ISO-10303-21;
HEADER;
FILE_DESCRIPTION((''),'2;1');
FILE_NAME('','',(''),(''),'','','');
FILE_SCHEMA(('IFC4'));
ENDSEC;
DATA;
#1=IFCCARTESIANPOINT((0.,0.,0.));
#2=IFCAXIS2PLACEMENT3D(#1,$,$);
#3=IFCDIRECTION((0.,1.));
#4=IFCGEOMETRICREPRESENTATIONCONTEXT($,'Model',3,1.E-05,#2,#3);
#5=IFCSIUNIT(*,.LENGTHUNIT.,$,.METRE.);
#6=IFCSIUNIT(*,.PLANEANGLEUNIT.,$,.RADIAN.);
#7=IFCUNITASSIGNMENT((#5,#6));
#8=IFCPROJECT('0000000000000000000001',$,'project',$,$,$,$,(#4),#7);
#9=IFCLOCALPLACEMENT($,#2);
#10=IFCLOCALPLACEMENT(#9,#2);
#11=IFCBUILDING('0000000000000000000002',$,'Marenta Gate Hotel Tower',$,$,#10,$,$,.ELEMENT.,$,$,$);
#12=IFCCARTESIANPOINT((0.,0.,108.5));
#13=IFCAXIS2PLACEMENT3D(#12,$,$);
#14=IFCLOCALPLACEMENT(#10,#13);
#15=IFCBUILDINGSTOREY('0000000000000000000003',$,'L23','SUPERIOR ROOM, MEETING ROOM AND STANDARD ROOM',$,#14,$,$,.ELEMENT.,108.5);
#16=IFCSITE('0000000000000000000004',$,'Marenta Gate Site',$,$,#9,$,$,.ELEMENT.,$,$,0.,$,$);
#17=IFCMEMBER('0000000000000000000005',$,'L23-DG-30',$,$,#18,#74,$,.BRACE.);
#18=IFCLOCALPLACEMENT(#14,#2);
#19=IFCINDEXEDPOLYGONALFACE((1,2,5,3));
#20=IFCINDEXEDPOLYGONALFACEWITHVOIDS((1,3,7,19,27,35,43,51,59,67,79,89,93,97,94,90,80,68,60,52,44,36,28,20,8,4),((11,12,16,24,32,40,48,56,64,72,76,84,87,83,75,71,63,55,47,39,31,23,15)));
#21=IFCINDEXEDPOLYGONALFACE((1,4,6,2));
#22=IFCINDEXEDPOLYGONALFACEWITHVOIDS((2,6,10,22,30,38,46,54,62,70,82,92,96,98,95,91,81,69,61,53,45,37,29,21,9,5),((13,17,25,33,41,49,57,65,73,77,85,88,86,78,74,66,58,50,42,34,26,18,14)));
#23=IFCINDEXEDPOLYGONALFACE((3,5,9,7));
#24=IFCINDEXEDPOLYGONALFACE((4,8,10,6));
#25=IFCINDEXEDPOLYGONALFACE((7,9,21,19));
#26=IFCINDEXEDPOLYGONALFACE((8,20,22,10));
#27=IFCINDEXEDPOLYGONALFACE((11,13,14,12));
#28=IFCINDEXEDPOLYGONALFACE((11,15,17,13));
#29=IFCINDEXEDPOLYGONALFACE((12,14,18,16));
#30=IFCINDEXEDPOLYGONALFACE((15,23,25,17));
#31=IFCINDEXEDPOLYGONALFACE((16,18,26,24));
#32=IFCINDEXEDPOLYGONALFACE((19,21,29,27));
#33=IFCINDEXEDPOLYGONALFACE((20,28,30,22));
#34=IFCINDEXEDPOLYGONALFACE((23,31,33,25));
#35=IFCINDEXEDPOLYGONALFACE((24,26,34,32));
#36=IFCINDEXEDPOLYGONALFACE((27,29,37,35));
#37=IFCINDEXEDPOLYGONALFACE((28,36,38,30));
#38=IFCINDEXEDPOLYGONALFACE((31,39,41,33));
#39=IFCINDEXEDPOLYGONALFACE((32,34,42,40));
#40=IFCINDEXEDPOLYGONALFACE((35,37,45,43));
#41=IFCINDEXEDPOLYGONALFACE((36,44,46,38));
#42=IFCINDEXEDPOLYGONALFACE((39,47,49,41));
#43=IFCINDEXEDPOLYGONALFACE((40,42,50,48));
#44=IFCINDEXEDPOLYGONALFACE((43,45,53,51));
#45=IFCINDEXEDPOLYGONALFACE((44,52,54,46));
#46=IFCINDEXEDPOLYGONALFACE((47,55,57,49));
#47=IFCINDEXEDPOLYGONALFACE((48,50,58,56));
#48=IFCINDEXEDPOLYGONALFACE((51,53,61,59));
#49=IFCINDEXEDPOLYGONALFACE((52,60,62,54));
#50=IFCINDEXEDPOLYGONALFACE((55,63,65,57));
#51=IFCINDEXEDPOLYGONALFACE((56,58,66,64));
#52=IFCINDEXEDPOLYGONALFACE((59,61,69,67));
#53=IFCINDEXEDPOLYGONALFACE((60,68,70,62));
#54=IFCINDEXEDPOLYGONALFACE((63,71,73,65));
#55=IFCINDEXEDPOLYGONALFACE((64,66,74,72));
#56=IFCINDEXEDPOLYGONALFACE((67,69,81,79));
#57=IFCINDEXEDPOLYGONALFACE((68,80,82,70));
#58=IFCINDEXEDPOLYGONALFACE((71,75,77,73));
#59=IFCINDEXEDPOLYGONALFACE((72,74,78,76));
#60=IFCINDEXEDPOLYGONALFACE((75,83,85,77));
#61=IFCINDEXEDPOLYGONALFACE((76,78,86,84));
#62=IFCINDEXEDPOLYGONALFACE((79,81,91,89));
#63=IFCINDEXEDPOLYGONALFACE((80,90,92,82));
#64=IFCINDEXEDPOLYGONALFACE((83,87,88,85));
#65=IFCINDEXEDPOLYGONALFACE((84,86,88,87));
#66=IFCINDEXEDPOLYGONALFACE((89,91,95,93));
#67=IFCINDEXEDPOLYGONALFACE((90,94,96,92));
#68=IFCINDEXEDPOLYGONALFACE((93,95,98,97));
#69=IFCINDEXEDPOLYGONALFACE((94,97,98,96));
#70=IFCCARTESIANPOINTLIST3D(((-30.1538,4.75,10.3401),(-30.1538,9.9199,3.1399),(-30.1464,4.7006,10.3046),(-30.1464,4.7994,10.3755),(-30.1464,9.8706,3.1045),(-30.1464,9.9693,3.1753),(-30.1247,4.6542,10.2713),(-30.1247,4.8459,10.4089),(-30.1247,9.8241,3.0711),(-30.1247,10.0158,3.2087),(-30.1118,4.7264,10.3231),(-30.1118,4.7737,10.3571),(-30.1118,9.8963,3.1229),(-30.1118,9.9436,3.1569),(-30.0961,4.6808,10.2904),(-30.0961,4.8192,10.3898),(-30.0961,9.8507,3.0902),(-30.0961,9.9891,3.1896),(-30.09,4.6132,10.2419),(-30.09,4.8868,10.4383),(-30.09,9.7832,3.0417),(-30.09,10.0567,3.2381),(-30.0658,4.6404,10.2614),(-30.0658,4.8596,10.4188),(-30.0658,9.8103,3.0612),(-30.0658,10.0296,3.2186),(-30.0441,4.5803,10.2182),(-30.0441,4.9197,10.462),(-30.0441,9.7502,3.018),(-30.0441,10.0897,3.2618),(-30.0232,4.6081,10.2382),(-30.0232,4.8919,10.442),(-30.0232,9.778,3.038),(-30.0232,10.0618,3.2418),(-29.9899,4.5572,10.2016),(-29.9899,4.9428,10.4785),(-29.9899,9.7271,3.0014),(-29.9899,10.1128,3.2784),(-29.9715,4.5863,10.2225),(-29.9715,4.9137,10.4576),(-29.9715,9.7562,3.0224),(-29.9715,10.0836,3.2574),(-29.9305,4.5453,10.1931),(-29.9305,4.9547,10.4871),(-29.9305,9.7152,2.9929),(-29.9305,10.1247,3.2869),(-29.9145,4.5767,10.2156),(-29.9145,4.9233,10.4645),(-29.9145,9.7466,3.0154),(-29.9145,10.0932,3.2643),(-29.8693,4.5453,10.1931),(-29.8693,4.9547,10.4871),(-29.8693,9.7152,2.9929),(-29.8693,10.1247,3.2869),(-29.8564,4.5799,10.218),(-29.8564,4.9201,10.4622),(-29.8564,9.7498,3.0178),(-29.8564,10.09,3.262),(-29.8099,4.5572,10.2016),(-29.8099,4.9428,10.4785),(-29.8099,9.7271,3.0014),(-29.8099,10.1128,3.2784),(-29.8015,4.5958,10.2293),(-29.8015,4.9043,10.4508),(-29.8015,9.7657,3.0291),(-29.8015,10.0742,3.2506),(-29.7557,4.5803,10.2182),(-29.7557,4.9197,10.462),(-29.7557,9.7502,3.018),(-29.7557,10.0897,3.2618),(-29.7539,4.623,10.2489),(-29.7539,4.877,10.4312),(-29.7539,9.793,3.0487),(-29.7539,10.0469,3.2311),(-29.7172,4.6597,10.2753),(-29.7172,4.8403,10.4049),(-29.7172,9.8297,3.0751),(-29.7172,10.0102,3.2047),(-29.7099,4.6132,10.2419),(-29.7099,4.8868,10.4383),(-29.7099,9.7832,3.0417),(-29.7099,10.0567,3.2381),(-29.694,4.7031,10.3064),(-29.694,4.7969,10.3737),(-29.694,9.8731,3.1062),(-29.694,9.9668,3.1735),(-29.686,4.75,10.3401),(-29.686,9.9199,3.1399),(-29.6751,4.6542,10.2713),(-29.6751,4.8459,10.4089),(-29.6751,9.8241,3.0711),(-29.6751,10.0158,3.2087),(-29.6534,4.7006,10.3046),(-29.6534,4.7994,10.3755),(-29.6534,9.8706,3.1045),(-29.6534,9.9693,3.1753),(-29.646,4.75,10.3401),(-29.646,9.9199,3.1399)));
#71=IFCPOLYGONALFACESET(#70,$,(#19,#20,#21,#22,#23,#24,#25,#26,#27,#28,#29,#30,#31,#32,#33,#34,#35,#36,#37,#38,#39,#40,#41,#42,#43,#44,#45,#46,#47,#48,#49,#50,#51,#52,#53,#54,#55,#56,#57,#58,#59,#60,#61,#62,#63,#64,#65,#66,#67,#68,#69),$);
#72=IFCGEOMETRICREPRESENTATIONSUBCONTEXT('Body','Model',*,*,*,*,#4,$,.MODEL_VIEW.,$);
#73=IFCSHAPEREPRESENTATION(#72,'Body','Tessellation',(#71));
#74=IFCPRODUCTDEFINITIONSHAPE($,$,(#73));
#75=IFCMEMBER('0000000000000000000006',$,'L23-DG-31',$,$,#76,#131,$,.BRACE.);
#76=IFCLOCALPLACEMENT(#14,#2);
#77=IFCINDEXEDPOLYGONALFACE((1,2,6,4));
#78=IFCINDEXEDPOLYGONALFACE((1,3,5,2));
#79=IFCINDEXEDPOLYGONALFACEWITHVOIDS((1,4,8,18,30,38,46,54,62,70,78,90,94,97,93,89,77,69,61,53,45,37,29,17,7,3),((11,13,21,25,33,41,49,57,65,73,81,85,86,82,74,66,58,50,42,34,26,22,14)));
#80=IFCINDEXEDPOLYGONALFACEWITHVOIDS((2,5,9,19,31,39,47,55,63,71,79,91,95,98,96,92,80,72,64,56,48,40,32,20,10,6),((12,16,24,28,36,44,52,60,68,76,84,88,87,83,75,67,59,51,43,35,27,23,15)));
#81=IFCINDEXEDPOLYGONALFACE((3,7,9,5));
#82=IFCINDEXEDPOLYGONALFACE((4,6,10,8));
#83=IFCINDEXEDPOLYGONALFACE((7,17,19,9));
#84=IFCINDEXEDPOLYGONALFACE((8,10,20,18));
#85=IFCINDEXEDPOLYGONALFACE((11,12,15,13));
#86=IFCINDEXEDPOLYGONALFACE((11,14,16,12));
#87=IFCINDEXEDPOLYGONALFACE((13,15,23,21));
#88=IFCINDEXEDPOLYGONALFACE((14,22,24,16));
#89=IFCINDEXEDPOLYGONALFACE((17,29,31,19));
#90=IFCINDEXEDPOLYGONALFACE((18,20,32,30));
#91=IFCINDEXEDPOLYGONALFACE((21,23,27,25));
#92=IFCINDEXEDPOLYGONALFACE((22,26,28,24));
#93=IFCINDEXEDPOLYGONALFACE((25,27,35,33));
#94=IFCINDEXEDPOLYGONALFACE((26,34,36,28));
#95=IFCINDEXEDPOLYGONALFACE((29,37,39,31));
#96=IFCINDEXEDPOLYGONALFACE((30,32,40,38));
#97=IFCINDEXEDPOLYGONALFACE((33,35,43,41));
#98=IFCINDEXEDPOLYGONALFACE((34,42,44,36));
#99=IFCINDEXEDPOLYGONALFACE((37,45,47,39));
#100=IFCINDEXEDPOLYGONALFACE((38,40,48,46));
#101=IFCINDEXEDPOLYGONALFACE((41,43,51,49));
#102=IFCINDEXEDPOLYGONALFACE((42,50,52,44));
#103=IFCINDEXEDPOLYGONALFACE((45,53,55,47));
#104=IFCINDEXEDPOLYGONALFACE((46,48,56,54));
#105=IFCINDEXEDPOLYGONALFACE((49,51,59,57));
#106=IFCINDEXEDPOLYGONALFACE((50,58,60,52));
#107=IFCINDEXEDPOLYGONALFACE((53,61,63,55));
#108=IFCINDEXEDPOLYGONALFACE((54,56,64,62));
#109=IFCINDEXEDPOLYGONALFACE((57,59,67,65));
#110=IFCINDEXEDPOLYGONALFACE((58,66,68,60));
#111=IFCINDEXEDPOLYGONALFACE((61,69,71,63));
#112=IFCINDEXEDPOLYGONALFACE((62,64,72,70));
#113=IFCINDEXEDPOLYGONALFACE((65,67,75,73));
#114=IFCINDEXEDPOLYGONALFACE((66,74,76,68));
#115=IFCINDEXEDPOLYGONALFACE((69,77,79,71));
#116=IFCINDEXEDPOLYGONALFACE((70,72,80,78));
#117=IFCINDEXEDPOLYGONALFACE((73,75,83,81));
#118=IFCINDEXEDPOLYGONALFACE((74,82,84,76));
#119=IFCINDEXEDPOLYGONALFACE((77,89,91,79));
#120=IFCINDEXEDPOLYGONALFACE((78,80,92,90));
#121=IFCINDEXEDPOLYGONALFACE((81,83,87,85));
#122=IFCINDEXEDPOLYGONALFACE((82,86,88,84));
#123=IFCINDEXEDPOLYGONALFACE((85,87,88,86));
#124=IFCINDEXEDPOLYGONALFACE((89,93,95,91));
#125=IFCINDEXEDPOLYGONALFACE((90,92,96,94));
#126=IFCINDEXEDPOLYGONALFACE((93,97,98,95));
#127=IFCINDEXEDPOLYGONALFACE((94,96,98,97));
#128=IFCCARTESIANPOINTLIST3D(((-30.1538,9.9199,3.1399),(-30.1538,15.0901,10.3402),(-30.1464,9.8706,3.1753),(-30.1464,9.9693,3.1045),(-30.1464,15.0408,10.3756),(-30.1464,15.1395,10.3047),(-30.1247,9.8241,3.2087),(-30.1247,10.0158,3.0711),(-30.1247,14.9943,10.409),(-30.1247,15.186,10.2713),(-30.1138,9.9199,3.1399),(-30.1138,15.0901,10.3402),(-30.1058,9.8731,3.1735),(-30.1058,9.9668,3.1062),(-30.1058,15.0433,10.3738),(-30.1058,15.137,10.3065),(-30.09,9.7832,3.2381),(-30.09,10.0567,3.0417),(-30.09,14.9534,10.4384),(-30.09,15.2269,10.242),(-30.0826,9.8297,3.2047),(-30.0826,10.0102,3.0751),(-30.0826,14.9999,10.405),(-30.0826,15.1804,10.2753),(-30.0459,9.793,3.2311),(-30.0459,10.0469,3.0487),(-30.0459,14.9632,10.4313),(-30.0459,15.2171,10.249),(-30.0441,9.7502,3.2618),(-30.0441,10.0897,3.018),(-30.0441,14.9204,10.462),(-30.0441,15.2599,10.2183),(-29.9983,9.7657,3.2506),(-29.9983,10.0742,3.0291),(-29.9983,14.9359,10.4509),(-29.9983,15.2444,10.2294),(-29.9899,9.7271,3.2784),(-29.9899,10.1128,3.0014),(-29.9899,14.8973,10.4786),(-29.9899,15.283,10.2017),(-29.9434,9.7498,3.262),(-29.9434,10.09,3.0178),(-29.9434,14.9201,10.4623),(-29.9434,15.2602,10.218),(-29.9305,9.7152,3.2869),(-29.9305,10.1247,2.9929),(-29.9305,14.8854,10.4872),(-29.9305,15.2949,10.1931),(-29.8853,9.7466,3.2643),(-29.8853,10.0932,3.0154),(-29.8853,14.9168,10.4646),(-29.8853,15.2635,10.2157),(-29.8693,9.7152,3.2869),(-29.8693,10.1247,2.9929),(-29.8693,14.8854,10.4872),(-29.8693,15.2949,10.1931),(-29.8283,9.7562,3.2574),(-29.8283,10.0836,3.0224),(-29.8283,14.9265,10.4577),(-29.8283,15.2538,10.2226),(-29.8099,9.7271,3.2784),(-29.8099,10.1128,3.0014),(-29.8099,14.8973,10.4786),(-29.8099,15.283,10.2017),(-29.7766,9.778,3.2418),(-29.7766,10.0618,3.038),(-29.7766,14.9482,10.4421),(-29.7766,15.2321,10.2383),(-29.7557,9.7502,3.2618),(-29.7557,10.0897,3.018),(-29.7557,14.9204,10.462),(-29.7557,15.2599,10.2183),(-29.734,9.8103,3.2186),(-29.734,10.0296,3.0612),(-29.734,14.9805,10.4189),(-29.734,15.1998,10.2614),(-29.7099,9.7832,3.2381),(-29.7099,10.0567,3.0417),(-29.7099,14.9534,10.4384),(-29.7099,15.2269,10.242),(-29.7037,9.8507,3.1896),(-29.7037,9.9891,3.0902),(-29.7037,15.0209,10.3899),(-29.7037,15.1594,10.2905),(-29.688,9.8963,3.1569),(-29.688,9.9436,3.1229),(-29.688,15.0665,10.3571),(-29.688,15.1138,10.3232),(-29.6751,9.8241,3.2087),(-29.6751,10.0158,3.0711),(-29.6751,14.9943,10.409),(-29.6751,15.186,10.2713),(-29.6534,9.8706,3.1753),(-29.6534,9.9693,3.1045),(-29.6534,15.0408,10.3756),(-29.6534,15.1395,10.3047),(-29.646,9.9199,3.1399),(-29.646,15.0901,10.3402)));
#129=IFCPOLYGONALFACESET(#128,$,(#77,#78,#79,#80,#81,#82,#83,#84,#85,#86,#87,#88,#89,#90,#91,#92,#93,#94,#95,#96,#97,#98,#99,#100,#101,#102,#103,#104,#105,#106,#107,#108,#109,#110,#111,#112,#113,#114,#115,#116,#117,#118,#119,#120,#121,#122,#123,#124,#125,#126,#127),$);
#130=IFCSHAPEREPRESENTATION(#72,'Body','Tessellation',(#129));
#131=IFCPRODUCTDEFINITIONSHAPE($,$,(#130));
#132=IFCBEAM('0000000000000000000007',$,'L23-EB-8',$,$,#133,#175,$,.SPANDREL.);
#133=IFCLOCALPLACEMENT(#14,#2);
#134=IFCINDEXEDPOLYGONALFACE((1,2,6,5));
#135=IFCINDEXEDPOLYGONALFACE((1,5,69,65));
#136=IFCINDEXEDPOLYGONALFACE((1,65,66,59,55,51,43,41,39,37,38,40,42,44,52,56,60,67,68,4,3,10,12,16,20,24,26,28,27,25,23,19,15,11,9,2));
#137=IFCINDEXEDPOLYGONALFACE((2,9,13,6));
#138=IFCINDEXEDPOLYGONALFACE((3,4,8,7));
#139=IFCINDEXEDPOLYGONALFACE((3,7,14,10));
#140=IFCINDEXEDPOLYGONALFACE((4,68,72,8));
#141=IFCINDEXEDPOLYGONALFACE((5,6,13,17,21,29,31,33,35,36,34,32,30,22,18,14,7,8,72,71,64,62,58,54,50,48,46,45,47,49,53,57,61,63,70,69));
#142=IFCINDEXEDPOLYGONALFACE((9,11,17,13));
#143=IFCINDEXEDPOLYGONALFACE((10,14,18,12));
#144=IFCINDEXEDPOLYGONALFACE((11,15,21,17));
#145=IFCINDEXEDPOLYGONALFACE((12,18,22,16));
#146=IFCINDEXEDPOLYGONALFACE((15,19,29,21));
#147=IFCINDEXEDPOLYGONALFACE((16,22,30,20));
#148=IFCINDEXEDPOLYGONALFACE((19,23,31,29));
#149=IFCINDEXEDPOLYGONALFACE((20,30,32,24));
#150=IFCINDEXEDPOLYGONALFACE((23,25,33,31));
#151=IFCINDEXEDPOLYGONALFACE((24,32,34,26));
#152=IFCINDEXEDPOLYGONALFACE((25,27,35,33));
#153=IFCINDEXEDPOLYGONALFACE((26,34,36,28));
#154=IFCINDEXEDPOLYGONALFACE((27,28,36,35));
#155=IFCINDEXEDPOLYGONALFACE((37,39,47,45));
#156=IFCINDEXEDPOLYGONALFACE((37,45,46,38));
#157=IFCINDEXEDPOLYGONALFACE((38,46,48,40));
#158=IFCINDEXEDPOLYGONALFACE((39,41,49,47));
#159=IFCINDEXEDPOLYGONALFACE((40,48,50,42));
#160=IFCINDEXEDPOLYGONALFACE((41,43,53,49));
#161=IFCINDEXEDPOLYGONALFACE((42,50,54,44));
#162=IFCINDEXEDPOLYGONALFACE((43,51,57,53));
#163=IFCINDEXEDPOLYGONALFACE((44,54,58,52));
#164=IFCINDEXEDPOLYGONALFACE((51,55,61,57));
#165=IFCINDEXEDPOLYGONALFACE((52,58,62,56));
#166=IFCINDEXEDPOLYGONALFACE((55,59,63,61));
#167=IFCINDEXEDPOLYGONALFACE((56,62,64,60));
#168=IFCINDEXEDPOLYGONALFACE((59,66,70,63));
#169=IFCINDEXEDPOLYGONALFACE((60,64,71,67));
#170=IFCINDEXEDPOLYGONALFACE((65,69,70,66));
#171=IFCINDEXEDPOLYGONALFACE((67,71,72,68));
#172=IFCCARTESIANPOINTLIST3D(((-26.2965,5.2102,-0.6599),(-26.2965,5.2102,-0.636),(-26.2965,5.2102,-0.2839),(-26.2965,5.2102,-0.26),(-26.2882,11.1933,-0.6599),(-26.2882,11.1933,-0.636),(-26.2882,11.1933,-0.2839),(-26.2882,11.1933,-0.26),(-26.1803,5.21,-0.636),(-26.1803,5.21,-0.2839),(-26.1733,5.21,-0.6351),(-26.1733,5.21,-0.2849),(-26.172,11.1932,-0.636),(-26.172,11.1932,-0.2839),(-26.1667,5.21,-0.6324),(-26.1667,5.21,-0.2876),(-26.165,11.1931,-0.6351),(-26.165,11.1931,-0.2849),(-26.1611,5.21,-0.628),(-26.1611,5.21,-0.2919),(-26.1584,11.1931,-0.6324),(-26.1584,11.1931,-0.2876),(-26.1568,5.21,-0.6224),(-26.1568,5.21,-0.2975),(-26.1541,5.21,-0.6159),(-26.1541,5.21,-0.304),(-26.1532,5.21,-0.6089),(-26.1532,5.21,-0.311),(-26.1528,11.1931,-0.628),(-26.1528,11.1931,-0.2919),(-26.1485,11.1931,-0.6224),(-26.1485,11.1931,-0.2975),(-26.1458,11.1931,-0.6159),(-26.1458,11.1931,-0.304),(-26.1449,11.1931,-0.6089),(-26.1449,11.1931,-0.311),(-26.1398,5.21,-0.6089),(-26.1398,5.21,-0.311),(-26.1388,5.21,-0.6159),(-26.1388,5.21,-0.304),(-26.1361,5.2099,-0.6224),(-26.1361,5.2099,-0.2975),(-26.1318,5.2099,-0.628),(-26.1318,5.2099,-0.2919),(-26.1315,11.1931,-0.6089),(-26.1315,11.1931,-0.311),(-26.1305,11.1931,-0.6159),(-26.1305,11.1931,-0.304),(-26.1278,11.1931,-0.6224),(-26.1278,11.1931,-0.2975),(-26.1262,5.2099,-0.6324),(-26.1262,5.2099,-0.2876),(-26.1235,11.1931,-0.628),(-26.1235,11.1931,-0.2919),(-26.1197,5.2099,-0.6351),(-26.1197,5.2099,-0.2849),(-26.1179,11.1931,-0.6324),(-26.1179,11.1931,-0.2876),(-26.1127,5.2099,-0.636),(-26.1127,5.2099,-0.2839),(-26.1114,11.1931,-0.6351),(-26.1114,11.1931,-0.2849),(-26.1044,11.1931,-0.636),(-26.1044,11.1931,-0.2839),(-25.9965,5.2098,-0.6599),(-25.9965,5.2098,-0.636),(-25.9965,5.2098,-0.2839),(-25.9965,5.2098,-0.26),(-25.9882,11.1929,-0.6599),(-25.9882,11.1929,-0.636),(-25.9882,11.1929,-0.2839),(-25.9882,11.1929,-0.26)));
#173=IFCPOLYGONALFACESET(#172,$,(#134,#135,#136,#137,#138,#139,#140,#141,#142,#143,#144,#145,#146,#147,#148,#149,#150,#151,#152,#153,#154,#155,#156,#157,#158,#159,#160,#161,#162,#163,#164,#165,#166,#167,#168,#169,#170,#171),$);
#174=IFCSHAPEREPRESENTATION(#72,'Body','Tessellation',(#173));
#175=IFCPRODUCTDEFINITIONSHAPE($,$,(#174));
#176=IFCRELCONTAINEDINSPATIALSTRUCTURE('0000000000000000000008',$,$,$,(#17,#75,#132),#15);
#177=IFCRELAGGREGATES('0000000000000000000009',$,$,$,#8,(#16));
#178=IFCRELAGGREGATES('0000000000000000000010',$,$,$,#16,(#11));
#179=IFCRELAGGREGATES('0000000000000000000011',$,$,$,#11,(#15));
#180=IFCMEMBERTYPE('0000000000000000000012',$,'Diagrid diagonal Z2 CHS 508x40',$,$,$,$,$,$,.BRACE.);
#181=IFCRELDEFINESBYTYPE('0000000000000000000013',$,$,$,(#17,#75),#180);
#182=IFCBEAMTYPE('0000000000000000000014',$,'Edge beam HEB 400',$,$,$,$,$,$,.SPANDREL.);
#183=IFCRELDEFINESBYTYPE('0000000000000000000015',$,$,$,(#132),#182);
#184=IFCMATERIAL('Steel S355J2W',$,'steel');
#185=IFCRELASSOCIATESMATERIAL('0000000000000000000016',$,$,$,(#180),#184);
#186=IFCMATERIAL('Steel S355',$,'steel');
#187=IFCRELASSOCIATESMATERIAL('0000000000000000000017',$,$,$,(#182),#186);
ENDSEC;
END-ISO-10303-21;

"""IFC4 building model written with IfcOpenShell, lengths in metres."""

from ifc_helpers import new_model, si_unit, direction, frame, origin, origin_2d, place, context, subcontext, project, spatial, hollow_circle, i_section, extrude, material, material_profile, profile_set, type_object, element, save


model = new_model("IFC4")

# Units and contexts
model_context = context("Model", 3, precision=1e-05, world=origin(), true_north=direction((0.0, 1.0)))
body_context = subcontext(model_context, "Body", "Model", "MODEL_VIEW")
ifc_project = project(units=[si_unit("LENGTHUNIT", "METRE"), si_unit("PLANEANGLEUNIT", "RADIAN")], contexts=[model_context])

# Site, building, storey
site_placement = place(None, origin())
site = spatial("IfcSite", under=ifc_project, at=site_placement, Name="Marenta Gate Site", CompositionType="ELEMENT", RefElevation=0.0)
building_placement = place(site_placement, origin())
building = spatial("IfcBuilding", under=site, at=building_placement, Name="Marenta Gate Hotel Tower", CompositionType="ELEMENT")
storey_placement = place(building_placement, frame((0.0, 0.0, 108.5)))
storey = spatial("IfcBuildingStorey", under=building, at=storey_placement, Name="L23", Description="SUPERIOR ROOM, MEETING ROOM AND STANDARD ROOM", CompositionType="ELEMENT", Elevation=108.5)

# Members
ifc_material_1 = material(Name="Steel S355J2W", Category="steel")
ifc_material_profile_1 = material_profile(ifc_material_1, hollow_circle(Radius=0.2539, WallThickness=0.04, at=origin_2d()), Name="CHS 508x40")
ifc_profile_set_1 = profile_set([ifc_material_profile_1], Name="Steel S355J2W")
member_type_1 = type_object("IfcMemberType", Name="Diagrid diagonal Z2 CHS 508x40", PredefinedType="BRACE", material=ifc_profile_set_1)
member_1_placement = place(storey_placement, frame((-29.8999, 9.9199, 3.1399), z_axis=(0.0, -0.583248, 0.812294), x_axis=(1.0, 0.0, 0.0)))
element("IfcMember", 1, at=member_1_placement, inside=storey, type_object=member_type_1, Name="L23-DG-30", PredefinedType="BRACE", context=body_context, shape_type="SweptSolid", body=[
    extrude(hollow_circle(Radius=0.2539, WallThickness=0.04, at=origin_2d()), origin(), (0.0, 0.0, 1.0), 8.864),
])
member_2_placement = place(storey_placement, frame((-29.8999, 9.9199, 3.1399), z_axis=(0.0, 0.583266, 0.812281), x_axis=(-1.0, 0.0, 0.0)))
element("IfcMember", 2, at=member_2_placement, inside=storey, type_object=member_type_1, Name="L23-DG-31", PredefinedType="BRACE", context=body_context, shape_type="SweptSolid", body=[
    extrude(hollow_circle(Radius=0.2539, WallThickness=0.04, at=origin_2d()), origin(), (0.0, 0.0, 1.0), 8.8643),
])

# Beam
ifc_material_2 = material(Name="Steel S355", Category="steel")
ifc_material_profile_2 = material_profile(ifc_material_2, i_section(OverallWidth=0.3, OverallDepth=0.3999, WebThickness=0.0134, FlangeThickness=0.0239, FilletRadius=0.0271, at=origin_2d()), Name="HEB 400")
ifc_profile_set_2 = profile_set([ifc_material_profile_2], Name="Steel S355")
beam_type_1 = type_object("IfcBeamType", Name="Edge beam HEB 400", PredefinedType="SPANDREL", material=ifc_profile_set_2)
beam_1_placement = place(storey_placement, frame((-26.1465, 5.21, -0.46), z_axis=(0.001387, 0.999999, 0.0), x_axis=(-0.999999, 0.001387, 0.0)))
element("IfcBeam", 3, at=beam_1_placement, inside=storey, type_object=beam_type_1, Name="L23-EB-8", PredefinedType="SPANDREL", context=body_context, shape_type="SweptSolid", body=[
    extrude(i_section(OverallWidth=0.3, OverallDepth=0.3999, WebThickness=0.0134, FlangeThickness=0.0239, FilletRadius=0.0271, at=origin_2d()), origin(), (0.0, 0.0, 1.0), 5.9832),
])

save(model, "model.ifc")
